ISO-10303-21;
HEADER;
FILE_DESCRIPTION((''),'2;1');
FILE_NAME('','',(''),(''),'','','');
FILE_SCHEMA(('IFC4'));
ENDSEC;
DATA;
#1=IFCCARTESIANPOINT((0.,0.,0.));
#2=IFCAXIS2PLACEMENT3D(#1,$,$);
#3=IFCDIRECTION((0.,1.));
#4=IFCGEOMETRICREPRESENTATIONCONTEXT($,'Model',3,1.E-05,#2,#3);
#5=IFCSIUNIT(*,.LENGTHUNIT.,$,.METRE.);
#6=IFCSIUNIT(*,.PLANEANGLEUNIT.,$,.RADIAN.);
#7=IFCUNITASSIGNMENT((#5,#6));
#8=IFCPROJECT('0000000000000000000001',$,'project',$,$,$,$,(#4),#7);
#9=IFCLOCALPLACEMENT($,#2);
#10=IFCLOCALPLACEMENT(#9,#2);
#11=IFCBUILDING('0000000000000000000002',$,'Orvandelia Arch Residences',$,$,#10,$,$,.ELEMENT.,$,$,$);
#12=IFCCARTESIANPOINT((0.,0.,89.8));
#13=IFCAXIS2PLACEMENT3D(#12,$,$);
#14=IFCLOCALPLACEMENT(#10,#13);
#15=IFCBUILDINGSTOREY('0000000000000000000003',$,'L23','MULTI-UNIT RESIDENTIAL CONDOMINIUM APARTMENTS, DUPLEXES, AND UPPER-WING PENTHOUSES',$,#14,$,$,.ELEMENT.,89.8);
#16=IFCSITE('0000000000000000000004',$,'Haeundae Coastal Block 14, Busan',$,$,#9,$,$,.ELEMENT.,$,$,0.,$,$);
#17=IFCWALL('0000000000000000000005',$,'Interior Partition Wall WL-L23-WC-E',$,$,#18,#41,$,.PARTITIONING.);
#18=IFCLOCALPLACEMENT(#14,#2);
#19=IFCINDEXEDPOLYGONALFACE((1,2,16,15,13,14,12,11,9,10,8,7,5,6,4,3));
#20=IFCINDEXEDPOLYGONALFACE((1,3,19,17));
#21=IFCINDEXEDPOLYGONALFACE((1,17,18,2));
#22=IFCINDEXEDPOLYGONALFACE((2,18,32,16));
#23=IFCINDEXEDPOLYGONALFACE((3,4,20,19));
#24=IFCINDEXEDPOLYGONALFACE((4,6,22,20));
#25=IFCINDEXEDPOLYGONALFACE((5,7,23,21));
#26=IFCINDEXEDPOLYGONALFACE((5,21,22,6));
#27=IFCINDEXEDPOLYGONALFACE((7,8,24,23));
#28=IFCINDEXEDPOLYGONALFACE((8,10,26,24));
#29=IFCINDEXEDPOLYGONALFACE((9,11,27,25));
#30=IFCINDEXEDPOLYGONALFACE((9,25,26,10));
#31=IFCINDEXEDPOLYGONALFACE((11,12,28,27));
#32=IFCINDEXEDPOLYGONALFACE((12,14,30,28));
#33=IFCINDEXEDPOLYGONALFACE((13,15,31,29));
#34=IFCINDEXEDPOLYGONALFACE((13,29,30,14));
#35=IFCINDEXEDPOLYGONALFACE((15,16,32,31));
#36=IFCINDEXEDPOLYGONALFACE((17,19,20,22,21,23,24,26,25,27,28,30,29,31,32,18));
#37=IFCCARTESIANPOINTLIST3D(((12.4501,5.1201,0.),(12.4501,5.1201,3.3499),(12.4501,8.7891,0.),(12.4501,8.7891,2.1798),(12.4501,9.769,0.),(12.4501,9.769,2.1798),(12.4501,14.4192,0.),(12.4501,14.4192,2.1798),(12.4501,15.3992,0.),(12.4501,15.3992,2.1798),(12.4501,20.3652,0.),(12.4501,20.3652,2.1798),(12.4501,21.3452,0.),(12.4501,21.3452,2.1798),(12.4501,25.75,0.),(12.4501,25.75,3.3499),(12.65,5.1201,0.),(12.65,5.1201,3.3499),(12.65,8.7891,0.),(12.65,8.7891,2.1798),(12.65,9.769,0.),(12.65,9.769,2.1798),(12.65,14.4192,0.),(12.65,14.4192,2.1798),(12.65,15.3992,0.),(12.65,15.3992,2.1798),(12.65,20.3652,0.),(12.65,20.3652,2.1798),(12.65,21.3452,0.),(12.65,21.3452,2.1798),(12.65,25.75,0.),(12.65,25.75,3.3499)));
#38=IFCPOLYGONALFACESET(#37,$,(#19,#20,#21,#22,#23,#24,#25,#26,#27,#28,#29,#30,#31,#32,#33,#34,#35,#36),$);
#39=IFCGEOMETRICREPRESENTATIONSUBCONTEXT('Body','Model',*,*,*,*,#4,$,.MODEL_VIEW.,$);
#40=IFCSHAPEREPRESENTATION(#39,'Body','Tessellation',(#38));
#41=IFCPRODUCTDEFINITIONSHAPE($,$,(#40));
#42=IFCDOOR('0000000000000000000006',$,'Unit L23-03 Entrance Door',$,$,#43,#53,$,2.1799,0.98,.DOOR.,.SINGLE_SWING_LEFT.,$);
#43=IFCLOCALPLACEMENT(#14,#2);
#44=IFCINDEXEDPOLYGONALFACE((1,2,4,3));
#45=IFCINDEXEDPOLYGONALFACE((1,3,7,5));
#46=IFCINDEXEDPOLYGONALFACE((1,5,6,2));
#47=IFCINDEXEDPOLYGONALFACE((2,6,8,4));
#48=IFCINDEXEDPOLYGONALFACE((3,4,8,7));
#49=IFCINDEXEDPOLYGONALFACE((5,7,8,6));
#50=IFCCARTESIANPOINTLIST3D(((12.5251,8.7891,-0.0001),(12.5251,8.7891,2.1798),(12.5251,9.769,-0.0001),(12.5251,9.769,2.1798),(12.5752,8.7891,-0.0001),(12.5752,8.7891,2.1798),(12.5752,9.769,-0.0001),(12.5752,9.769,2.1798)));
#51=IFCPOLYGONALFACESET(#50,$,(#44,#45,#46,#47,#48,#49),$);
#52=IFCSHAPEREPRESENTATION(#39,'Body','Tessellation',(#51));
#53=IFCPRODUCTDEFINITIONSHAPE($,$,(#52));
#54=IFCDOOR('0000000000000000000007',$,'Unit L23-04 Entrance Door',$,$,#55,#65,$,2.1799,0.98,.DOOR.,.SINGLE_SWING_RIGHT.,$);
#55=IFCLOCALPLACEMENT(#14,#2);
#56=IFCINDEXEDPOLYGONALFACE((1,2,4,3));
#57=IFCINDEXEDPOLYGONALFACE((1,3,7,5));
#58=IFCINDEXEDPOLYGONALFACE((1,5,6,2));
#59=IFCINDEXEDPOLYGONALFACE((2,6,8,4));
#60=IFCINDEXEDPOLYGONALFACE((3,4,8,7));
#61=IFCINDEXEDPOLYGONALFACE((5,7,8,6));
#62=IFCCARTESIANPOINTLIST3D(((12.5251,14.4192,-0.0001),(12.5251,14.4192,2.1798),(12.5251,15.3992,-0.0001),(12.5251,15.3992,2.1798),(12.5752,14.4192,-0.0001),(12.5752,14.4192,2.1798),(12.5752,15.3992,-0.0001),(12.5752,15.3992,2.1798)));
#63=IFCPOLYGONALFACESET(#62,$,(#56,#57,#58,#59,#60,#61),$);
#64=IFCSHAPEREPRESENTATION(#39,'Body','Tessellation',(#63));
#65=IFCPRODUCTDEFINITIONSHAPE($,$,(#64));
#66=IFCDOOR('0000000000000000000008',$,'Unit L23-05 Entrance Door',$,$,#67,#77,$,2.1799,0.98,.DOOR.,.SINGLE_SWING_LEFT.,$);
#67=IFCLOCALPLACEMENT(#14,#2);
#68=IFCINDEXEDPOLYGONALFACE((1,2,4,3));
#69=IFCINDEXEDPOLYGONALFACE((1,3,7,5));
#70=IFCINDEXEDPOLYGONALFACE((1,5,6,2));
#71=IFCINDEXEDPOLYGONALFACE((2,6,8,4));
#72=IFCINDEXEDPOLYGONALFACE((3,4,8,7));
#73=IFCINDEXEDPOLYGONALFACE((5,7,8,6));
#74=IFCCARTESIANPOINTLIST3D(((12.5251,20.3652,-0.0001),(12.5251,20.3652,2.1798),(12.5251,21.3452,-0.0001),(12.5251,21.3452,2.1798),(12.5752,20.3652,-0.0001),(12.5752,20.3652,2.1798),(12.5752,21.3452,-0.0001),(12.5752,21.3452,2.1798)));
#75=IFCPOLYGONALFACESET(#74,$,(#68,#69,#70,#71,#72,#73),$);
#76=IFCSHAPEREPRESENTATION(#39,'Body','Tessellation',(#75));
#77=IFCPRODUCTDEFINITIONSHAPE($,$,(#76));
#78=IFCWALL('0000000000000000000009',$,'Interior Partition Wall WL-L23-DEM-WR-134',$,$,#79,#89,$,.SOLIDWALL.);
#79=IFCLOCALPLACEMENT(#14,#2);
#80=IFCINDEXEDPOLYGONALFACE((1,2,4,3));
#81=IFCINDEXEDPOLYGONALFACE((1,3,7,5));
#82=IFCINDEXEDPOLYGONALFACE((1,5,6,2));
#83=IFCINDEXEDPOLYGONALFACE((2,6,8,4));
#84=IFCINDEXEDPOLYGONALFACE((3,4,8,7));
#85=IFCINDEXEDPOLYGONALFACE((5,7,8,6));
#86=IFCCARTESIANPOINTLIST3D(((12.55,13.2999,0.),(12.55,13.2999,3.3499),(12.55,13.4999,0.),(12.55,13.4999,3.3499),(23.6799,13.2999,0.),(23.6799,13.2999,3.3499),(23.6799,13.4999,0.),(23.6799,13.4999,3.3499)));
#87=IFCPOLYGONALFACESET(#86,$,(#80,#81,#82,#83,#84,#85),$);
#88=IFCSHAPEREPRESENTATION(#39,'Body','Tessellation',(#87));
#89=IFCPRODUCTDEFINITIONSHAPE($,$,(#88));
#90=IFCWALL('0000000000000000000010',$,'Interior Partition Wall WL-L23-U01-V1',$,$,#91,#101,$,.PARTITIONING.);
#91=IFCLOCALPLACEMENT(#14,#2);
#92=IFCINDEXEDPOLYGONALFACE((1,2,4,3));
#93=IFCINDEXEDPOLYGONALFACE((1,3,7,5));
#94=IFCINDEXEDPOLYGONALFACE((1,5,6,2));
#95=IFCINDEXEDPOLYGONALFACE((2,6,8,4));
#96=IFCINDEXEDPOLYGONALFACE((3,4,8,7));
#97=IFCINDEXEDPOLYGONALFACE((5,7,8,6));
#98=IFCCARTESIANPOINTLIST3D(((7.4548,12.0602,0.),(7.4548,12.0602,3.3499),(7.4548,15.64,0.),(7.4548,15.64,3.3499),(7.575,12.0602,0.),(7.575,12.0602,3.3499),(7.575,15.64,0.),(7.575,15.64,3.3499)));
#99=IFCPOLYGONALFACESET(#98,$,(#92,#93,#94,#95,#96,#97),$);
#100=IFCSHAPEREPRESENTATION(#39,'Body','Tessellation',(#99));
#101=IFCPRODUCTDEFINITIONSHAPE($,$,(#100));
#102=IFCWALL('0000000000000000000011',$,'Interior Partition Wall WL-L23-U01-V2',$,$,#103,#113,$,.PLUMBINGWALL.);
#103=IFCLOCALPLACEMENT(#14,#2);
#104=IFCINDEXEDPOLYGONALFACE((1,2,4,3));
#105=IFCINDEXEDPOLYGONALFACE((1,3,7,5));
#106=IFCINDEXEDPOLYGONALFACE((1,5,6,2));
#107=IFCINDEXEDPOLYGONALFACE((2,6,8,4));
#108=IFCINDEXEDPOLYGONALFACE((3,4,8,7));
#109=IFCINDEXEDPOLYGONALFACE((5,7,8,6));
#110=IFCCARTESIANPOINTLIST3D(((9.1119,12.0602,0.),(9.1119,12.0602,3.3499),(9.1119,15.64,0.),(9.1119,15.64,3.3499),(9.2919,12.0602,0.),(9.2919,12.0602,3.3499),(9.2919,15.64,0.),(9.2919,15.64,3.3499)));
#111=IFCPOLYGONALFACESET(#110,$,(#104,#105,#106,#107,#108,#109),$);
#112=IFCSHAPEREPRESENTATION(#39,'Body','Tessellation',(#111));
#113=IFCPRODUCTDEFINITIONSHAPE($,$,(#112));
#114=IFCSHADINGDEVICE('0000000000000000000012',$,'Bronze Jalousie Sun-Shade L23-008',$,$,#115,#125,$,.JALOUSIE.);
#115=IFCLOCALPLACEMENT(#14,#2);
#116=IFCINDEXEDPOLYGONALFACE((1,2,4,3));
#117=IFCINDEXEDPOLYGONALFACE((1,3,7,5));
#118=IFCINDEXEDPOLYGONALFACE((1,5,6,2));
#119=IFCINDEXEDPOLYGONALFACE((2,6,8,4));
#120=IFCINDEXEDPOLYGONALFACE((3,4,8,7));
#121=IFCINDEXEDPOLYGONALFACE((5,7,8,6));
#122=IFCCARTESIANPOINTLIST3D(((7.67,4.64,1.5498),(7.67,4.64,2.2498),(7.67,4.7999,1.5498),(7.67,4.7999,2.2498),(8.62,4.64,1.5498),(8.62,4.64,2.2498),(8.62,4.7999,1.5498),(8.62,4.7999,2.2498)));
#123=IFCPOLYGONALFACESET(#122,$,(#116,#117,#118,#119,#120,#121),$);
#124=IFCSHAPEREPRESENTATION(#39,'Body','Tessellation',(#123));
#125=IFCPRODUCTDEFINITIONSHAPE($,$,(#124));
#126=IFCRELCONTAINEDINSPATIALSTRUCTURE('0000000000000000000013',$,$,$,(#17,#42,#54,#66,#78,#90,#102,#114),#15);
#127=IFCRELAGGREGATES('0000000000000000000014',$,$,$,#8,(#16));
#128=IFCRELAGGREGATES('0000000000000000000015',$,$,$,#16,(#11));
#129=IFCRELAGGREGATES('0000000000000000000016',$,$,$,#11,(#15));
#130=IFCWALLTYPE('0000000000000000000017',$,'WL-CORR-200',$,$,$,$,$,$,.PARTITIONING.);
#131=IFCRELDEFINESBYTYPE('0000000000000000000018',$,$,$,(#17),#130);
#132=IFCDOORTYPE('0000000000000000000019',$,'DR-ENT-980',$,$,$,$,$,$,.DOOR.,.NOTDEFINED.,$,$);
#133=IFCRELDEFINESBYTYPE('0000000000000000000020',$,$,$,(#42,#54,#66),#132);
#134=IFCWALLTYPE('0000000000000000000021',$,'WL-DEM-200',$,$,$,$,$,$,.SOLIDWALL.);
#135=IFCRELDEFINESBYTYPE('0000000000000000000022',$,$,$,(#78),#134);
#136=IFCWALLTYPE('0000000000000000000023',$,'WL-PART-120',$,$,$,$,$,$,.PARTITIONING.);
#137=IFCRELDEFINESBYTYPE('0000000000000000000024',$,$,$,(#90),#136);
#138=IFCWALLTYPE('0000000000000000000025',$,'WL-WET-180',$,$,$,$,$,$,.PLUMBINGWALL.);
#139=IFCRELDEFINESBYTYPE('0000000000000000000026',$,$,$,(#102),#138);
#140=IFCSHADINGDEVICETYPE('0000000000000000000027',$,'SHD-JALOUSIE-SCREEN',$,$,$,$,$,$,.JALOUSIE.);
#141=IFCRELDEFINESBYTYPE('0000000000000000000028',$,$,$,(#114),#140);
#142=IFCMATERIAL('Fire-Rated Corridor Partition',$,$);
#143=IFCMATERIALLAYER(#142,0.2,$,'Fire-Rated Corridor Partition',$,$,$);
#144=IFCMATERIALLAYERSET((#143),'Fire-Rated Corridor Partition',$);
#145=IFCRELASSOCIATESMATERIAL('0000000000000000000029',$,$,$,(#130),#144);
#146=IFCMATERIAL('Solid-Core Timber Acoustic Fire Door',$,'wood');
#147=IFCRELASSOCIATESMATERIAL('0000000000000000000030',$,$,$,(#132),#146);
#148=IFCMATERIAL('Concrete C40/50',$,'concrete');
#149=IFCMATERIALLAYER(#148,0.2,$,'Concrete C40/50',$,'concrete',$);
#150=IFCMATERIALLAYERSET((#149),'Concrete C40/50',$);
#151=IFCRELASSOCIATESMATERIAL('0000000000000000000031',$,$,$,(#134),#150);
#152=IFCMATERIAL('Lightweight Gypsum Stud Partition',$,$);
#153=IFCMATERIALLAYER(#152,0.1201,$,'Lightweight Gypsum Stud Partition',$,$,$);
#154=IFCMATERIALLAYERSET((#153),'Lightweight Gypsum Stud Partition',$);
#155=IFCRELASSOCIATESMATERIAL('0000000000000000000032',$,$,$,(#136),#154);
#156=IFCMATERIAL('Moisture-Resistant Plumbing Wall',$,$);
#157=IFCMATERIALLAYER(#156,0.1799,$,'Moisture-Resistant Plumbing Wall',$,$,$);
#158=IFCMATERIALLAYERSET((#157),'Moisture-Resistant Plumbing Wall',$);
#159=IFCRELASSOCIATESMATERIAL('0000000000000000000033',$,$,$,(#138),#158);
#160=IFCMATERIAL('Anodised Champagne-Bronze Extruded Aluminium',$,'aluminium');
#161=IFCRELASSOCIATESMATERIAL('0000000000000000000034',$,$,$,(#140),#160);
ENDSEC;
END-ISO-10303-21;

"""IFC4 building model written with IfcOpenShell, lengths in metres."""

from ifc_helpers import new_model, si_unit, direction, frame, frame_2d, origin, origin_2d, place, context, subcontext, project, spatial, rectangle, extrude, material, layer, layer_set, type_object, element, fill, save


model = new_model("IFC4")

# Units and contexts
model_context = context("Model", 3, precision=1e-05, world=origin(), true_north=direction((0.0, 1.0)))
body_context = subcontext(model_context, "Body", "Model", "MODEL_VIEW")
ifc_project = project(units=[si_unit("LENGTHUNIT", "METRE"), si_unit("PLANEANGLEUNIT", "RADIAN")], contexts=[model_context])

# Site, building, storey
site_placement = place(None, origin())
site = spatial("IfcSite", under=ifc_project, at=site_placement, Name="Haeundae Coastal Block 14, Busan", CompositionType="ELEMENT", RefElevation=0.0)
building_placement = place(site_placement, origin())
building = spatial("IfcBuilding", under=site, at=building_placement, Name="Orvandelia Arch Residences", CompositionType="ELEMENT")
storey_placement = place(building_placement, frame((0.0, 0.0, 89.8)))
storey = spatial("IfcBuildingStorey", under=building, at=storey_placement, Name="L23", Description="MULTI-UNIT RESIDENTIAL CONDOMINIUM APARTMENTS, DUPLEXES, AND UPPER-WING PENTHOUSES", CompositionType="ELEMENT", Elevation=89.8)

# Wall, openings, doors
ifc_material_1 = material(Name="Fire-Rated Corridor Partition")
ifc_layer_1 = layer(ifc_material_1, 0.2, Name="Fire-Rated Corridor Partition")
ifc_layer_set_1 = layer_set([ifc_layer_1], Name="Fire-Rated Corridor Partition")
wall_type_1 = type_object("IfcWallType", Name="WL-CORR-200", PredefinedType="PARTITIONING", material=ifc_layer_set_1)
ifc_material_2 = material(Name="Solid-Core Timber Acoustic Fire Door", Category="wood")
door_type = type_object("IfcDoorType", Name="DR-ENT-980", OperationType="NOTDEFINED", PredefinedType="DOOR", material=ifc_material_2)
wall_1_placement = place(storey_placement, frame((12.55, 5.1201, 0.0), z_axis=(0.0, 0.0, 1.0), x_axis=(0.0, 1.0, 0.0)))
wall_1 = element("IfcWall", 1, at=wall_1_placement, inside=storey, type_object=wall_type_1, Name="Interior Partition Wall WL-L23-WC-E", PredefinedType="PARTITIONING", context=body_context, shape_type="SweptSolid", body=[
    extrude(rectangle(XDim=20.6299, YDim=0.2, at=frame_2d((10.3149, 0.0))), origin(), (0.0, 0.0, 1.0), 3.3499),
])
opening_1_placement = place(wall_1_placement, frame((3.6689, 0.0, 0.0)))
opening_1 = element("IfcOpeningElement", 2, at=opening_1_placement, cuts=wall_1, PredefinedType="OPENING", context=body_context, shape_type="SweptSolid", body=[
    extrude(rectangle(XDim=0.98, YDim=2.1799, at=frame_2d((0.49, 1.0898))), frame((0.0, 0.1099, 0.0), z_axis=(0.0, -1.0, 0.0), x_axis=(1.0, 0.0, 0.0)), (0.0, 0.0, 1.0), 0.22),
])
opening_2_placement = place(wall_1_placement, frame((9.2991, 0.0, 0.0)))
opening_2 = element("IfcOpeningElement", 3, at=opening_2_placement, cuts=wall_1, PredefinedType="OPENING", context=body_context, shape_type="SweptSolid", body=[
    extrude(rectangle(XDim=0.98, YDim=2.1799, at=frame_2d((0.49, 1.0898))), frame((0.0, 0.1099, 0.0), z_axis=(0.0, -1.0, 0.0), x_axis=(1.0, 0.0, 0.0)), (0.0, 0.0, 1.0), 0.22),
])
opening_3_placement = place(wall_1_placement, frame((15.2451, 0.0, 0.0)))
opening_3 = element("IfcOpeningElement", 4, at=opening_3_placement, cuts=wall_1, PredefinedType="OPENING", context=body_context, shape_type="SweptSolid", body=[
    extrude(rectangle(XDim=0.98, YDim=2.1799, at=frame_2d((0.49, 1.0898))), frame((0.0, 0.1099, 0.0), z_axis=(0.0, -1.0, 0.0), x_axis=(1.0, 0.0, 0.0)), (0.0, 0.0, 1.0), 0.22),
])
door_1_placement = place(opening_1_placement, origin())
door_1 = element("IfcDoor", 5, at=door_1_placement, inside=storey, type_object=door_type, Name="Unit L23-03 Entrance Door", OperationType="SINGLE_SWING_LEFT", OverallHeight=2.1799, OverallWidth=0.98, PredefinedType="DOOR", context=body_context, shape_type="SweptSolid", body=[
    extrude(rectangle(XDim=0.98, YDim=2.1799, at=frame_2d((0.49, 1.0898))), frame((0.0, 0.0249, 0.0), z_axis=(0.0, -1.0, 0.0), x_axis=(1.0, 0.0, 0.0)), (0.0, 0.0, 1.0), 0.05),
])
fill(opening_1, door_1)
door_2_placement = place(opening_2_placement, origin())
door_2 = element("IfcDoor", 6, at=door_2_placement, inside=storey, type_object=door_type, Name="Unit L23-04 Entrance Door", OperationType="SINGLE_SWING_RIGHT", OverallHeight=2.1799, OverallWidth=0.98, PredefinedType="DOOR", context=body_context, shape_type="SweptSolid", body=[
    extrude(rectangle(XDim=0.98, YDim=2.1799, at=frame_2d((0.49, 1.0898))), frame((0.0, 0.0249, 0.0), z_axis=(0.0, -1.0, 0.0), x_axis=(1.0, 0.0, 0.0)), (0.0, 0.0, 1.0), 0.05),
])
fill(opening_2, door_2)
door_3_placement = place(opening_3_placement, origin())
door_3 = element("IfcDoor", 7, at=door_3_placement, inside=storey, type_object=door_type, Name="Unit L23-05 Entrance Door", OperationType="SINGLE_SWING_LEFT", OverallHeight=2.1799, OverallWidth=0.98, PredefinedType="DOOR", context=body_context, shape_type="SweptSolid", body=[
    extrude(rectangle(XDim=0.98, YDim=2.1799, at=frame_2d((0.49, 1.0898))), frame((0.0, 0.0249, 0.0), z_axis=(0.0, -1.0, 0.0), x_axis=(1.0, 0.0, 0.0)), (0.0, 0.0, 1.0), 0.05),
])
fill(opening_3, door_3)

# Walls
ifc_material_3 = material(Name="Concrete C40/50", Category="concrete")
ifc_layer_2 = layer(ifc_material_3, 0.2, Name="Concrete C40/50", Category="concrete")
ifc_layer_set_2 = layer_set([ifc_layer_2], Name="Concrete C40/50")
wall_type_2 = type_object("IfcWallType", Name="WL-DEM-200", PredefinedType="SOLIDWALL", material=ifc_layer_set_2)
wall_2_placement = place(storey_placement, frame((12.55, 13.3999, 0.0), z_axis=(0.0, 0.0, 1.0), x_axis=(1.0, 0.0, 0.0)))
element("IfcWall", 8, at=wall_2_placement, inside=storey, type_object=wall_type_2, Name="Interior Partition Wall WL-L23-DEM-WR-134", PredefinedType="SOLIDWALL", context=body_context, shape_type="SweptSolid", body=[
    extrude(rectangle(XDim=11.1299, YDim=0.2, at=frame_2d((5.5649, 0.0))), origin(), (0.0, 0.0, 1.0), 3.3499),
])
ifc_material_4 = material(Name="Lightweight Gypsum Stud Partition")
ifc_layer_3 = layer(ifc_material_4, 0.1201, Name="Lightweight Gypsum Stud Partition")
ifc_layer_set_3 = layer_set([ifc_layer_3], Name="Lightweight Gypsum Stud Partition")
wall_type_3 = type_object("IfcWallType", Name="WL-PART-120", PredefinedType="PARTITIONING", material=ifc_layer_set_3)
wall_3_placement = place(storey_placement, frame((7.5149, 12.0601, 0.0), z_axis=(0.0, 0.0, 1.0), x_axis=(0.0, 1.0, 0.0)))
element("IfcWall", 9, at=wall_3_placement, inside=storey, type_object=wall_type_3, Name="Interior Partition Wall WL-L23-U01-V1", PredefinedType="PARTITIONING", context=body_context, shape_type="SweptSolid", body=[
    extrude(rectangle(XDim=3.5798, YDim=0.1201, at=frame_2d((1.79, 0.0))), origin(), (0.0, 0.0, 1.0), 3.3499),
])
ifc_material_5 = material(Name="Moisture-Resistant Plumbing Wall")
ifc_layer_4 = layer(ifc_material_5, 0.1799, Name="Moisture-Resistant Plumbing Wall")
ifc_layer_set_4 = layer_set([ifc_layer_4], Name="Moisture-Resistant Plumbing Wall")
wall_type_4 = type_object("IfcWallType", Name="WL-WET-180", PredefinedType="PLUMBINGWALL", material=ifc_layer_set_4)
wall_4_placement = place(storey_placement, frame((9.2019, 12.0601, 0.0), z_axis=(0.0, 0.0, 1.0), x_axis=(0.0, 1.0, 0.0)))
element("IfcWall", 10, at=wall_4_placement, inside=storey, type_object=wall_type_4, Name="Interior Partition Wall WL-L23-U01-V2", PredefinedType="PLUMBINGWALL", context=body_context, shape_type="SweptSolid", body=[
    extrude(rectangle(XDim=3.5798, YDim=0.1799, at=frame_2d((1.79, 0.0))), origin(), (0.0, 0.0, 1.0), 3.3499),
])

# Shading device
ifc_material_6 = material(Name="Anodised Champagne-Bronze Extruded Aluminium", Category="aluminium")
shading_device_type = type_object("IfcShadingDeviceType", Name="SHD-JALOUSIE-SCREEN", PredefinedType="JALOUSIE", material=ifc_material_6)
shading_device_placement = place(storey_placement, frame((8.145, 4.72, 1.5498), z_axis=(0.0, 0.0, 1.0), x_axis=(-1.0, 0.0, 0.0)))
element("IfcShadingDevice", 11, at=shading_device_placement, inside=storey, type_object=shading_device_type, Name="Bronze Jalousie Sun-Shade L23-008", PredefinedType="JALOUSIE", context=body_context, shape_type="SweptSolid", body=[
    extrude(rectangle(XDim=0.95, YDim=0.1599, at=origin_2d()), origin(), (0.0, 0.0, 1.0), 0.7),
])

save(model, "model.ifc")
